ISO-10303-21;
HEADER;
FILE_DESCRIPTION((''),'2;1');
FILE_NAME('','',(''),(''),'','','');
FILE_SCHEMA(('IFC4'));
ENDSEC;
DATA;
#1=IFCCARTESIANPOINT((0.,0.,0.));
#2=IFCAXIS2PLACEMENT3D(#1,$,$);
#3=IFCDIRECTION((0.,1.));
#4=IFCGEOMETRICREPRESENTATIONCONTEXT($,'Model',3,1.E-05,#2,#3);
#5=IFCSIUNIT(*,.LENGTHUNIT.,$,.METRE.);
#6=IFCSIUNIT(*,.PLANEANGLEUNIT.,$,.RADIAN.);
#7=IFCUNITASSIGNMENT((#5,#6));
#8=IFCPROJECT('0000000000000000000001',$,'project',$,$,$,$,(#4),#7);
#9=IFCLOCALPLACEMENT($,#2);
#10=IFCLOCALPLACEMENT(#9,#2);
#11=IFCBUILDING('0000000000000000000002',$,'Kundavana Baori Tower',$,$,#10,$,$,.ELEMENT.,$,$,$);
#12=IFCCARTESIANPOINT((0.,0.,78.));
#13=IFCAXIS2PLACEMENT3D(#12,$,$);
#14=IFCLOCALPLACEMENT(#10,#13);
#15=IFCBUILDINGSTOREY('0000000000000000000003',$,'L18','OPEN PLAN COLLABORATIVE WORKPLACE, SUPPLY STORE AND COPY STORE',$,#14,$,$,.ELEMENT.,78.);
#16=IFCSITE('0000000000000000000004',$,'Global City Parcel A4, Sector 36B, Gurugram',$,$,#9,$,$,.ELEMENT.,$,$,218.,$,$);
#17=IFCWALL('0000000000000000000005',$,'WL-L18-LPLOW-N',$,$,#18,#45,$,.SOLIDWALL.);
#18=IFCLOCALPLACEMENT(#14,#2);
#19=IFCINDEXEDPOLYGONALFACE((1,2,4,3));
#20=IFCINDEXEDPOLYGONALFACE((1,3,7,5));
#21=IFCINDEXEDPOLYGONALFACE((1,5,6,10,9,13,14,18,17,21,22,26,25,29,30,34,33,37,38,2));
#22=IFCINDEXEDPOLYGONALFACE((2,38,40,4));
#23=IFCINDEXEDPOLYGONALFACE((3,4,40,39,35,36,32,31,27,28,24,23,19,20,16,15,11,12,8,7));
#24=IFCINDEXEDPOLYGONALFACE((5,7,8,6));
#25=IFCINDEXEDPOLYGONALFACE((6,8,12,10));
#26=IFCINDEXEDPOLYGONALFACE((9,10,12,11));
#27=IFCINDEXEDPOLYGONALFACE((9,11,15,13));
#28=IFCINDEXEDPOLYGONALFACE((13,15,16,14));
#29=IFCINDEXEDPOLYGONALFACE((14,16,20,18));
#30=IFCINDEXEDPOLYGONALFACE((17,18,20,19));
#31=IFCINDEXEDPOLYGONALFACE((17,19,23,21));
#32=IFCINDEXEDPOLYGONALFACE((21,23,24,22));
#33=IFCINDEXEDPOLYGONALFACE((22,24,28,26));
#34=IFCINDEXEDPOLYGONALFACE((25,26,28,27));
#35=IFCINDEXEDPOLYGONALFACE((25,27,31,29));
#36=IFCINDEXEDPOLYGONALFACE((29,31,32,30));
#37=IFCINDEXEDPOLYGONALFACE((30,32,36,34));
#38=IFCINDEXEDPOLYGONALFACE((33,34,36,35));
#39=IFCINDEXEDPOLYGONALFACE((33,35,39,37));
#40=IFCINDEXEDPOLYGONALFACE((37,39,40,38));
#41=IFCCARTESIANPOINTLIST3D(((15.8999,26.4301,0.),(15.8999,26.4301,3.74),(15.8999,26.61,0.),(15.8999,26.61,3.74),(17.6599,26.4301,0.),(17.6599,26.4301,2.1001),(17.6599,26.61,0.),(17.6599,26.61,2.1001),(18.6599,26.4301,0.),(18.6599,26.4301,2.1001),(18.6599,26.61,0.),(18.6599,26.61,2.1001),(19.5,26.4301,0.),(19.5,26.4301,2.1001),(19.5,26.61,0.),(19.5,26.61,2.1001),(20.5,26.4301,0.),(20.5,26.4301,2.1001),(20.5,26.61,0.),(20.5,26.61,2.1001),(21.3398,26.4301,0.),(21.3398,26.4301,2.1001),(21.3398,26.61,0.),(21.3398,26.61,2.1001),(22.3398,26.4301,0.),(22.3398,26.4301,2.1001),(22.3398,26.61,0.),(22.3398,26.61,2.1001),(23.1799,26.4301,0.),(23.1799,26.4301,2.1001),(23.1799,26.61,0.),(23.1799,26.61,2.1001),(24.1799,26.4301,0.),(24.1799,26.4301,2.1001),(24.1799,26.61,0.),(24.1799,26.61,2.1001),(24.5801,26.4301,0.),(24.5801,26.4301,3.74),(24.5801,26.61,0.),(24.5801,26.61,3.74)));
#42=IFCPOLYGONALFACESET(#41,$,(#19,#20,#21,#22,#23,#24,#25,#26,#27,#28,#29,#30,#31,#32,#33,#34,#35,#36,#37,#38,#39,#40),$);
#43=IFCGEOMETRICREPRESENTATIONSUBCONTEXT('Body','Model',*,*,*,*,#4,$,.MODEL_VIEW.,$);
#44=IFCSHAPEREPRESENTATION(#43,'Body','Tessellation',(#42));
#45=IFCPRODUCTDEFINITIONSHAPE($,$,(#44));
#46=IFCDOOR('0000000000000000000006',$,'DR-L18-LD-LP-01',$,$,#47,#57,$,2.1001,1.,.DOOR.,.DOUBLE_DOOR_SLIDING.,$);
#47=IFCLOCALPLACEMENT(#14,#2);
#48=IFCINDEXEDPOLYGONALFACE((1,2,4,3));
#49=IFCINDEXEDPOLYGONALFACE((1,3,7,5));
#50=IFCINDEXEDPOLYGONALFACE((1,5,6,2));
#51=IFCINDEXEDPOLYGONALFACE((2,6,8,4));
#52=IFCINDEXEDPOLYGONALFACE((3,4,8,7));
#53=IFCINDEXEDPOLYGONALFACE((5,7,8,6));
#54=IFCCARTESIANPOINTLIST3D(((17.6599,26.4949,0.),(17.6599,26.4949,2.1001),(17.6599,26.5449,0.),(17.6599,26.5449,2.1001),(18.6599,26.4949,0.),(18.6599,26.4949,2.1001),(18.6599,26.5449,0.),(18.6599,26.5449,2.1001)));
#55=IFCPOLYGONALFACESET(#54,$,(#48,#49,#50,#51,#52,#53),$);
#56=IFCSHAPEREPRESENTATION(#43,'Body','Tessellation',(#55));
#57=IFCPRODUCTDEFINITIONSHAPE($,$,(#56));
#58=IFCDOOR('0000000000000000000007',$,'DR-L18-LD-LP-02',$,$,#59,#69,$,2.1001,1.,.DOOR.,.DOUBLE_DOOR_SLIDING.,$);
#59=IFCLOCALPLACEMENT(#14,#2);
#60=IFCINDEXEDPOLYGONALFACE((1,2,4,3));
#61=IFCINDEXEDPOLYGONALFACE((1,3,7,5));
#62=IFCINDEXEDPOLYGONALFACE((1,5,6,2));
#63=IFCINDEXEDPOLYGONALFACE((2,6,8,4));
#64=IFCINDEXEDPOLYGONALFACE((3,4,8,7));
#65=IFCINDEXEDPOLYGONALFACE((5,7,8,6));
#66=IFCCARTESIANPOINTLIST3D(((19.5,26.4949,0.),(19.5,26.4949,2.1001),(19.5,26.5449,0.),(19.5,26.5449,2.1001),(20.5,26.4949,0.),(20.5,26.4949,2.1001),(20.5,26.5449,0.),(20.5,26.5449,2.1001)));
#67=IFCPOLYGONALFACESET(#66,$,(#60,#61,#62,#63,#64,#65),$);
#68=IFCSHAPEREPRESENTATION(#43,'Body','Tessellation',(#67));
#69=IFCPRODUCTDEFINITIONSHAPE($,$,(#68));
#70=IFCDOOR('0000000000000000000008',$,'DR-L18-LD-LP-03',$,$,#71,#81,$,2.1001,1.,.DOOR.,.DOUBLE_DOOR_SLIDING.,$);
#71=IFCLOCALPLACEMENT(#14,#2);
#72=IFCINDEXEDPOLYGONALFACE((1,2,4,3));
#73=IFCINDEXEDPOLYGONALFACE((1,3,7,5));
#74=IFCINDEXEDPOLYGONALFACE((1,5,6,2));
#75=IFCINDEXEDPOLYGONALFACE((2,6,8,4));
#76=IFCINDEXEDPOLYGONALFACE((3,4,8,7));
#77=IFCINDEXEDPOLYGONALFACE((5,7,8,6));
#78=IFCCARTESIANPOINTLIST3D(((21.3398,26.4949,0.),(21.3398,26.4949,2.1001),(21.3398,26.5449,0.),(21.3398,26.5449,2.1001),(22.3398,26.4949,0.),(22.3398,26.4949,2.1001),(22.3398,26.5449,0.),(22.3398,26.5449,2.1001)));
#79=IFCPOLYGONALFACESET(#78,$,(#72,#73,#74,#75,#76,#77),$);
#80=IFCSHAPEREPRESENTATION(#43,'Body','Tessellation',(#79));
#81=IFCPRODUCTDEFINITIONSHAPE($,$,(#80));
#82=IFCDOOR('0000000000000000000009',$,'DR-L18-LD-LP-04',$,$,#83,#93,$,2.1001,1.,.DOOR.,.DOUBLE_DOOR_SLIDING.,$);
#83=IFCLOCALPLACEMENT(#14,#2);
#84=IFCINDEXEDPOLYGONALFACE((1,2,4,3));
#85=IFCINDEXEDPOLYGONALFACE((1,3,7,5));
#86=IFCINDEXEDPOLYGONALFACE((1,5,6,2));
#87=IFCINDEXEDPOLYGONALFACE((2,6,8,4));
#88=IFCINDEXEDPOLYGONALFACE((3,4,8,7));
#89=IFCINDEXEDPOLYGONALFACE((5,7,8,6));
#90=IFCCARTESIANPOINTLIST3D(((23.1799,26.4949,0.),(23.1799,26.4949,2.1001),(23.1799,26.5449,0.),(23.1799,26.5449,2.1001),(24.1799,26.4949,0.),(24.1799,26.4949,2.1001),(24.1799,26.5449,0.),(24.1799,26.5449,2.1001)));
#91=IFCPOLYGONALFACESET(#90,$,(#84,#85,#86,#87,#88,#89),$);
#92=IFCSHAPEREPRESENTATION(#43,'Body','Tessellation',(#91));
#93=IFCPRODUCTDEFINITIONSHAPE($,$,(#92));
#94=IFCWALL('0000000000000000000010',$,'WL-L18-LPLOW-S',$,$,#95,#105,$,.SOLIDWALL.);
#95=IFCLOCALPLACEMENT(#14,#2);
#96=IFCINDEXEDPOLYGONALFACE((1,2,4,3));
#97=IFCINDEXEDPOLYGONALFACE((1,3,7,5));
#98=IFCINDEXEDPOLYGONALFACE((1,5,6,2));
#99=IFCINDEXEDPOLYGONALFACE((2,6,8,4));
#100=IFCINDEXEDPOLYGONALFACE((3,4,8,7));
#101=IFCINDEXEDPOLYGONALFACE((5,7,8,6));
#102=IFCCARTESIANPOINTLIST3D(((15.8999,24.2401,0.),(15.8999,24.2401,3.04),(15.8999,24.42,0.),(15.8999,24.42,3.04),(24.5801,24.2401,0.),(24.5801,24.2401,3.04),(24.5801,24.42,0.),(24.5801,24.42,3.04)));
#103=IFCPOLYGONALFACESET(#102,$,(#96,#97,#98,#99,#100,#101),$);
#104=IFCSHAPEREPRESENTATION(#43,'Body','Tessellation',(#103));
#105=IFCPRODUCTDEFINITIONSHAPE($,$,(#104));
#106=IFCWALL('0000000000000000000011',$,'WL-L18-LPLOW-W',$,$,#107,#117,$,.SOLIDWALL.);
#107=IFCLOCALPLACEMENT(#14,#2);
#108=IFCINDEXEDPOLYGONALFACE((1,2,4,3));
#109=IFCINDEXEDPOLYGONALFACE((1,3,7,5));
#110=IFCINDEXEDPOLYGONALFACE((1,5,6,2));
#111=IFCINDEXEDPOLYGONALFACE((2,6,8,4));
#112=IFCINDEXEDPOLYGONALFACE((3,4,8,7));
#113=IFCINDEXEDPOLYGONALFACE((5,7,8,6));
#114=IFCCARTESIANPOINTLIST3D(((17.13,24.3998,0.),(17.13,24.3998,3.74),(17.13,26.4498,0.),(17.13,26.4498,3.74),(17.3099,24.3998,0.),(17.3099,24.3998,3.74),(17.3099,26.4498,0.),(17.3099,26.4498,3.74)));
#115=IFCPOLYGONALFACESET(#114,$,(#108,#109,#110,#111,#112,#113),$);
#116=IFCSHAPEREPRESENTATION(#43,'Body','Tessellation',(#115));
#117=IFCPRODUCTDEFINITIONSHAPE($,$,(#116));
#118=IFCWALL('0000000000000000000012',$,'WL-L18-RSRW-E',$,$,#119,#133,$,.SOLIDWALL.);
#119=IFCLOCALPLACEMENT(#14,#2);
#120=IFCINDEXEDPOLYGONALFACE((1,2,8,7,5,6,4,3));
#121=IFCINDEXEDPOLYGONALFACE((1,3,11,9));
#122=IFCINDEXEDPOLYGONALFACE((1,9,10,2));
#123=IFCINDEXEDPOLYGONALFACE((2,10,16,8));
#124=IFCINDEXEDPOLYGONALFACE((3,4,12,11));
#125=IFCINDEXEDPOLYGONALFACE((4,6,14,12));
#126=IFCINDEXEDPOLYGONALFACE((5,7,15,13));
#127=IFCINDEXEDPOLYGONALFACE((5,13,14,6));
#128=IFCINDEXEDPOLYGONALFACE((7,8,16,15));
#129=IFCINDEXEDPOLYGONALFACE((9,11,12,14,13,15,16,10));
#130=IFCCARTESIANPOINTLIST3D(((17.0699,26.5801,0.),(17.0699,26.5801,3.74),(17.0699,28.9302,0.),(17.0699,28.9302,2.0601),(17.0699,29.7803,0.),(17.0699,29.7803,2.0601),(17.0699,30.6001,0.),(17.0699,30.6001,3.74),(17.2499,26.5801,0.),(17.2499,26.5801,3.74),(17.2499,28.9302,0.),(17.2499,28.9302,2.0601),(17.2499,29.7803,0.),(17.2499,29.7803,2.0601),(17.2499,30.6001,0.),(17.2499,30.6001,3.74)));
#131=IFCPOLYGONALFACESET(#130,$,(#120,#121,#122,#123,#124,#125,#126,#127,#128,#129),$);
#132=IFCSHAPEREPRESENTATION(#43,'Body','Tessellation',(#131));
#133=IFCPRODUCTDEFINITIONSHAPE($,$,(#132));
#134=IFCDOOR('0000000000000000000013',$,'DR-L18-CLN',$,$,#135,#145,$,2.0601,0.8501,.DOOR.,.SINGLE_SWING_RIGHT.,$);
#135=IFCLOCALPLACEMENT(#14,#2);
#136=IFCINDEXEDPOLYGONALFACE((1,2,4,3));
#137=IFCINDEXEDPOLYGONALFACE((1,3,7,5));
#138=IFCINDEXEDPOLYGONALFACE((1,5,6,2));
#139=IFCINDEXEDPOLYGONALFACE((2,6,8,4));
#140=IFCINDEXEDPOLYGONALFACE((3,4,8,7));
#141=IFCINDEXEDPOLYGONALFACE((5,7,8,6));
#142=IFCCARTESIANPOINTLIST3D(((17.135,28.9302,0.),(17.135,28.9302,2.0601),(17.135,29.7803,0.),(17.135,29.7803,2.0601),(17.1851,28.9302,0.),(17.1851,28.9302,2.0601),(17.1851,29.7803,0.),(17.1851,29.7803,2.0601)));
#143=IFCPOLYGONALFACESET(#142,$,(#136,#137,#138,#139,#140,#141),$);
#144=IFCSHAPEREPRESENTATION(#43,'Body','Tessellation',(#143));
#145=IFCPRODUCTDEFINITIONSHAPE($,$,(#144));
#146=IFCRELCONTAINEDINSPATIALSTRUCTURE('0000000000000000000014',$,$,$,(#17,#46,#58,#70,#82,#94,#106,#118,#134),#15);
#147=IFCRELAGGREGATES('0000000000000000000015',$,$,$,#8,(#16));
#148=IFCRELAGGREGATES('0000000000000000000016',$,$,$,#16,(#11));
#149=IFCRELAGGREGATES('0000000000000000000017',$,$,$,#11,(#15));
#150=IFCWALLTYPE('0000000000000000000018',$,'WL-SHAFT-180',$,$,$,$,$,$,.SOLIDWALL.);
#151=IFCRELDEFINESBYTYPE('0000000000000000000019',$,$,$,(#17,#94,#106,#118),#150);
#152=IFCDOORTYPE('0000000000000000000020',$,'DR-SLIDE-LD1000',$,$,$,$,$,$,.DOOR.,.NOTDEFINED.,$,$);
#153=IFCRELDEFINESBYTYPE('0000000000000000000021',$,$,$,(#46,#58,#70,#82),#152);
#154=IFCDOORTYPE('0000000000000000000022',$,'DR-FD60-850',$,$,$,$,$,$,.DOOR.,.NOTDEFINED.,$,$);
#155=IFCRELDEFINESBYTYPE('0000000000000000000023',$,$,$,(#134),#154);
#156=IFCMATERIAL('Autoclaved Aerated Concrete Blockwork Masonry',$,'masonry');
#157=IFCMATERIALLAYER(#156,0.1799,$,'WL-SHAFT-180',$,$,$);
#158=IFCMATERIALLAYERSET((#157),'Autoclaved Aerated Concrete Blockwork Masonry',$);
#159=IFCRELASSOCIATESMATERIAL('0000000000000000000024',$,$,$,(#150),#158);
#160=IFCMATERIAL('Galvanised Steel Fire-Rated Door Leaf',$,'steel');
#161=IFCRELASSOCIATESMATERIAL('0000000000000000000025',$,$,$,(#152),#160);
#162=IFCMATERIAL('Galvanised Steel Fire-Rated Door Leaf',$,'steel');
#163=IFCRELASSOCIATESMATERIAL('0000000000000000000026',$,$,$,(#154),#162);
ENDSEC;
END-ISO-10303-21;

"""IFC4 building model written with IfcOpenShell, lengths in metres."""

from ifc_helpers import new_model, si_unit, direction, frame, frame_2d, origin, place, context, subcontext, project, spatial, rectangle, extrude, material, layer, layer_set, type_object, element, fill, save


model = new_model("IFC4")

# Units and contexts
model_context = context("Model", 3, precision=1e-05, world=origin(), true_north=direction((0.0, 1.0)))
body_context = subcontext(model_context, "Body", "Model", "MODEL_VIEW")
ifc_project = project(units=[si_unit("LENGTHUNIT", "METRE"), si_unit("PLANEANGLEUNIT", "RADIAN")], contexts=[model_context])

# Site, building, storey
site_placement = place(None, origin())
site = spatial("IfcSite", under=ifc_project, at=site_placement, Name="Global City Parcel A4, Sector 36B, Gurugram", CompositionType="ELEMENT", RefElevation=218.0)
building_placement = place(site_placement, origin())
building = spatial("IfcBuilding", under=site, at=building_placement, Name="Kundavana Baori Tower", CompositionType="ELEMENT")
storey_placement = place(building_placement, frame((0.0, 0.0, 78.0)))
storey = spatial("IfcBuildingStorey", under=building, at=storey_placement, Name="L18", Description="OPEN PLAN COLLABORATIVE WORKPLACE, SUPPLY STORE AND COPY STORE", CompositionType="ELEMENT", Elevation=78.0)

# Wall, openings, doors
ifc_material_1 = material(Name="Autoclaved Aerated Concrete Blockwork Masonry", Category="masonry")
ifc_layer_1 = layer(ifc_material_1, 0.1799, Name="WL-SHAFT-180")
ifc_layer_set_1 = layer_set([ifc_layer_1], Name="Autoclaved Aerated Concrete Blockwork Masonry")
wall_type_1 = type_object("IfcWallType", Name="WL-SHAFT-180", PredefinedType="SOLIDWALL", material=ifc_layer_set_1)
wall_1_placement = place(storey_placement, frame((15.8999, 26.52, 0.0), z_axis=(0.0, 0.0, 1.0), x_axis=(1.0, 0.0, 0.0)))
wall_1 = element("IfcWall", 1, at=wall_1_placement, inside=storey, type_object=wall_type_1, Name="WL-L18-LPLOW-N", PredefinedType="SOLIDWALL", context=body_context, shape_type="SweptSolid", body=[
    extrude(rectangle(XDim=8.6802, YDim=0.1799, at=frame_2d((4.3401, 0.0))), origin(), (0.0, 0.0, 1.0), 3.74),
])
opening_1_placement = place(wall_1_placement, frame((1.76, 0.0, 0.0)))
opening_1 = element("IfcOpeningElement", 2, at=opening_1_placement, cuts=wall_1, PredefinedType="OPENING", context=body_context, shape_type="SweptSolid", body=[
    extrude(rectangle(XDim=1.0, YDim=2.1001, at=frame_2d((0.5, 1.05))), frame((0.0, 0.1001, 0.0), z_axis=(0.0, -1.0, 0.0), x_axis=(1.0, 0.0, 0.0)), (0.0, 0.0, 1.0), 0.2),
])
opening_2_placement = place(wall_1_placement, frame((3.6001, 0.0, 0.0)))
opening_2 = element("IfcOpeningElement", 3, at=opening_2_placement, cuts=wall_1, PredefinedType="OPENING", context=body_context, shape_type="SweptSolid", body=[
    extrude(rectangle(XDim=1.0, YDim=2.1001, at=frame_2d((0.5, 1.05))), frame((0.0, 0.1001, 0.0), z_axis=(0.0, -1.0, 0.0), x_axis=(1.0, 0.0, 0.0)), (0.0, 0.0, 1.0), 0.2),
])
opening_3_placement = place(wall_1_placement, frame((5.4399, 0.0, 0.0)))
opening_3 = element("IfcOpeningElement", 4, at=opening_3_placement, cuts=wall_1, PredefinedType="OPENING", context=body_context, shape_type="SweptSolid", body=[
    extrude(rectangle(XDim=1.0, YDim=2.1001, at=frame_2d((0.5, 1.05))), frame((0.0, 0.1001, 0.0), z_axis=(0.0, -1.0, 0.0), x_axis=(1.0, 0.0, 0.0)), (0.0, 0.0, 1.0), 0.2),
])
opening_4_placement = place(wall_1_placement, frame((7.28, 0.0, 0.0)))
opening_4 = element("IfcOpeningElement", 5, at=opening_4_placement, cuts=wall_1, PredefinedType="OPENING", context=body_context, shape_type="SweptSolid", body=[
    extrude(rectangle(XDim=1.0, YDim=2.1001, at=frame_2d((0.5, 1.05))), frame((0.0, 0.1001, 0.0), z_axis=(0.0, -1.0, 0.0), x_axis=(1.0, 0.0, 0.0)), (0.0, 0.0, 1.0), 0.2),
])
ifc_material_2 = material(Name="Galvanised Steel Fire-Rated Door Leaf", Category="steel")
door_type_1 = type_object("IfcDoorType", Name="DR-SLIDE-LD1000", OperationType="NOTDEFINED", PredefinedType="DOOR", material=ifc_material_2)
door_1_placement = place(opening_1_placement, origin())
door_1 = element("IfcDoor", 6, at=door_1_placement, inside=storey, type_object=door_type_1, Name="DR-L18-LD-LP-01", OperationType="DOUBLE_DOOR_SLIDING", OverallHeight=2.1001, OverallWidth=1.0, PredefinedType="DOOR", context=body_context, shape_type="SweptSolid", body=[
    extrude(rectangle(XDim=1.0, YDim=2.1001, at=frame_2d((0.5, 1.05))), frame((0.0, 0.0249, 0.0), z_axis=(0.0, -1.0, 0.0), x_axis=(1.0, 0.0, 0.0)), (0.0, 0.0, 1.0), 0.05),
])
fill(opening_1, door_1)
door_2_placement = place(opening_2_placement, origin())
door_2 = element("IfcDoor", 7, at=door_2_placement, inside=storey, type_object=door_type_1, Name="DR-L18-LD-LP-02", OperationType="DOUBLE_DOOR_SLIDING", OverallHeight=2.1001, OverallWidth=1.0, PredefinedType="DOOR", context=body_context, shape_type="SweptSolid", body=[
    extrude(rectangle(XDim=1.0, YDim=2.1001, at=frame_2d((0.5, 1.05))), frame((0.0, 0.0249, 0.0), z_axis=(0.0, -1.0, 0.0), x_axis=(1.0, 0.0, 0.0)), (0.0, 0.0, 1.0), 0.05),
])
fill(opening_2, door_2)
door_3_placement = place(opening_3_placement, origin())
door_3 = element("IfcDoor", 8, at=door_3_placement, inside=storey, type_object=door_type_1, Name="DR-L18-LD-LP-03", OperationType="DOUBLE_DOOR_SLIDING", OverallHeight=2.1001, OverallWidth=1.0, PredefinedType="DOOR", context=body_context, shape_type="SweptSolid", body=[
    extrude(rectangle(XDim=1.0, YDim=2.1001, at=frame_2d((0.5, 1.05))), frame((0.0, 0.0249, 0.0), z_axis=(0.0, -1.0, 0.0), x_axis=(1.0, 0.0, 0.0)), (0.0, 0.0, 1.0), 0.05),
])
fill(opening_3, door_3)
door_4_placement = place(opening_4_placement, origin())
door_4 = element("IfcDoor", 9, at=door_4_placement, inside=storey, type_object=door_type_1, Name="DR-L18-LD-LP-04", OperationType="DOUBLE_DOOR_SLIDING", OverallHeight=2.1001, OverallWidth=1.0, PredefinedType="DOOR", context=body_context, shape_type="SweptSolid", body=[
    extrude(rectangle(XDim=1.0, YDim=2.1001, at=frame_2d((0.5, 1.05))), frame((0.0, 0.0249, 0.0), z_axis=(0.0, -1.0, 0.0), x_axis=(1.0, 0.0, 0.0)), (0.0, 0.0, 1.0), 0.05),
])
fill(opening_4, door_4)

# Walls
wall_2_placement = place(storey_placement, frame((15.8999, 24.3301, 0.0), z_axis=(0.0, 0.0, 1.0), x_axis=(1.0, 0.0, 0.0)))
element("IfcWall", 10, at=wall_2_placement, inside=storey, type_object=wall_type_1, Name="WL-L18-LPLOW-S", PredefinedType="SOLIDWALL", context=body_context, shape_type="SweptSolid", body=[
    extrude(rectangle(XDim=8.6802, YDim=0.1799, at=frame_2d((4.3401, 0.0))), origin(), (0.0, 0.0, 1.0), 3.04),
])
wall_3_placement = place(storey_placement, frame((17.22, 24.3999, 0.0), z_axis=(0.0, 0.0, 1.0), x_axis=(0.0, 1.0, 0.0)))
element("IfcWall", 11, at=wall_3_placement, inside=storey, type_object=wall_type_1, Name="WL-L18-LPLOW-W", PredefinedType="SOLIDWALL", context=body_context, shape_type="SweptSolid", body=[
    extrude(rectangle(XDim=2.05, YDim=0.1799, at=frame_2d((1.0249, 0.0))), origin(), (0.0, 0.0, 1.0), 3.74),
])

# Wall, opening, door
wall_4_placement = place(storey_placement, frame((17.1599, 26.5801, 0.0), z_axis=(0.0, 0.0, 1.0), x_axis=(0.0, 1.0, 0.0)))
wall_4 = element("IfcWall", 12, at=wall_4_placement, inside=storey, type_object=wall_type_1, Name="WL-L18-RSRW-E", PredefinedType="SOLIDWALL", context=body_context, shape_type="SweptSolid", body=[
    extrude(rectangle(XDim=4.02, YDim=0.1799, at=frame_2d((2.01, 0.0))), origin(), (0.0, 0.0, 1.0), 3.74),
])
opening_5_placement = place(wall_4_placement, frame((2.3501, 0.0, 0.0)))
opening_5 = element("IfcOpeningElement", 13, at=opening_5_placement, cuts=wall_4, PredefinedType="OPENING", context=body_context, shape_type="SweptSolid", body=[
    extrude(rectangle(XDim=0.8501, YDim=2.0601, at=frame_2d((0.425, 1.03))), frame((0.0, 0.1001, 0.0), z_axis=(0.0, -1.0, 0.0), x_axis=(1.0, 0.0, 0.0)), (0.0, 0.0, 1.0), 0.2),
])
ifc_material_3 = material(Name="Galvanised Steel Fire-Rated Door Leaf", Category="steel")
door_type_2 = type_object("IfcDoorType", Name="DR-FD60-850", OperationType="NOTDEFINED", PredefinedType="DOOR", material=ifc_material_3)
door_5_placement = place(opening_5_placement, origin())
door_5 = element("IfcDoor", 14, at=door_5_placement, inside=storey, type_object=door_type_2, Name="DR-L18-CLN", OperationType="SINGLE_SWING_RIGHT", OverallHeight=2.0601, OverallWidth=0.8501, PredefinedType="DOOR", context=body_context, shape_type="SweptSolid", body=[
    extrude(rectangle(XDim=0.8501, YDim=2.0601, at=frame_2d((0.425, 1.03))), frame((0.0, 0.0249, 0.0), z_axis=(0.0, -1.0, 0.0), x_axis=(1.0, 0.0, 0.0)), (0.0, 0.0, 1.0), 0.05),
])
fill(opening_5, door_5)

save(model, "model.ifc")
